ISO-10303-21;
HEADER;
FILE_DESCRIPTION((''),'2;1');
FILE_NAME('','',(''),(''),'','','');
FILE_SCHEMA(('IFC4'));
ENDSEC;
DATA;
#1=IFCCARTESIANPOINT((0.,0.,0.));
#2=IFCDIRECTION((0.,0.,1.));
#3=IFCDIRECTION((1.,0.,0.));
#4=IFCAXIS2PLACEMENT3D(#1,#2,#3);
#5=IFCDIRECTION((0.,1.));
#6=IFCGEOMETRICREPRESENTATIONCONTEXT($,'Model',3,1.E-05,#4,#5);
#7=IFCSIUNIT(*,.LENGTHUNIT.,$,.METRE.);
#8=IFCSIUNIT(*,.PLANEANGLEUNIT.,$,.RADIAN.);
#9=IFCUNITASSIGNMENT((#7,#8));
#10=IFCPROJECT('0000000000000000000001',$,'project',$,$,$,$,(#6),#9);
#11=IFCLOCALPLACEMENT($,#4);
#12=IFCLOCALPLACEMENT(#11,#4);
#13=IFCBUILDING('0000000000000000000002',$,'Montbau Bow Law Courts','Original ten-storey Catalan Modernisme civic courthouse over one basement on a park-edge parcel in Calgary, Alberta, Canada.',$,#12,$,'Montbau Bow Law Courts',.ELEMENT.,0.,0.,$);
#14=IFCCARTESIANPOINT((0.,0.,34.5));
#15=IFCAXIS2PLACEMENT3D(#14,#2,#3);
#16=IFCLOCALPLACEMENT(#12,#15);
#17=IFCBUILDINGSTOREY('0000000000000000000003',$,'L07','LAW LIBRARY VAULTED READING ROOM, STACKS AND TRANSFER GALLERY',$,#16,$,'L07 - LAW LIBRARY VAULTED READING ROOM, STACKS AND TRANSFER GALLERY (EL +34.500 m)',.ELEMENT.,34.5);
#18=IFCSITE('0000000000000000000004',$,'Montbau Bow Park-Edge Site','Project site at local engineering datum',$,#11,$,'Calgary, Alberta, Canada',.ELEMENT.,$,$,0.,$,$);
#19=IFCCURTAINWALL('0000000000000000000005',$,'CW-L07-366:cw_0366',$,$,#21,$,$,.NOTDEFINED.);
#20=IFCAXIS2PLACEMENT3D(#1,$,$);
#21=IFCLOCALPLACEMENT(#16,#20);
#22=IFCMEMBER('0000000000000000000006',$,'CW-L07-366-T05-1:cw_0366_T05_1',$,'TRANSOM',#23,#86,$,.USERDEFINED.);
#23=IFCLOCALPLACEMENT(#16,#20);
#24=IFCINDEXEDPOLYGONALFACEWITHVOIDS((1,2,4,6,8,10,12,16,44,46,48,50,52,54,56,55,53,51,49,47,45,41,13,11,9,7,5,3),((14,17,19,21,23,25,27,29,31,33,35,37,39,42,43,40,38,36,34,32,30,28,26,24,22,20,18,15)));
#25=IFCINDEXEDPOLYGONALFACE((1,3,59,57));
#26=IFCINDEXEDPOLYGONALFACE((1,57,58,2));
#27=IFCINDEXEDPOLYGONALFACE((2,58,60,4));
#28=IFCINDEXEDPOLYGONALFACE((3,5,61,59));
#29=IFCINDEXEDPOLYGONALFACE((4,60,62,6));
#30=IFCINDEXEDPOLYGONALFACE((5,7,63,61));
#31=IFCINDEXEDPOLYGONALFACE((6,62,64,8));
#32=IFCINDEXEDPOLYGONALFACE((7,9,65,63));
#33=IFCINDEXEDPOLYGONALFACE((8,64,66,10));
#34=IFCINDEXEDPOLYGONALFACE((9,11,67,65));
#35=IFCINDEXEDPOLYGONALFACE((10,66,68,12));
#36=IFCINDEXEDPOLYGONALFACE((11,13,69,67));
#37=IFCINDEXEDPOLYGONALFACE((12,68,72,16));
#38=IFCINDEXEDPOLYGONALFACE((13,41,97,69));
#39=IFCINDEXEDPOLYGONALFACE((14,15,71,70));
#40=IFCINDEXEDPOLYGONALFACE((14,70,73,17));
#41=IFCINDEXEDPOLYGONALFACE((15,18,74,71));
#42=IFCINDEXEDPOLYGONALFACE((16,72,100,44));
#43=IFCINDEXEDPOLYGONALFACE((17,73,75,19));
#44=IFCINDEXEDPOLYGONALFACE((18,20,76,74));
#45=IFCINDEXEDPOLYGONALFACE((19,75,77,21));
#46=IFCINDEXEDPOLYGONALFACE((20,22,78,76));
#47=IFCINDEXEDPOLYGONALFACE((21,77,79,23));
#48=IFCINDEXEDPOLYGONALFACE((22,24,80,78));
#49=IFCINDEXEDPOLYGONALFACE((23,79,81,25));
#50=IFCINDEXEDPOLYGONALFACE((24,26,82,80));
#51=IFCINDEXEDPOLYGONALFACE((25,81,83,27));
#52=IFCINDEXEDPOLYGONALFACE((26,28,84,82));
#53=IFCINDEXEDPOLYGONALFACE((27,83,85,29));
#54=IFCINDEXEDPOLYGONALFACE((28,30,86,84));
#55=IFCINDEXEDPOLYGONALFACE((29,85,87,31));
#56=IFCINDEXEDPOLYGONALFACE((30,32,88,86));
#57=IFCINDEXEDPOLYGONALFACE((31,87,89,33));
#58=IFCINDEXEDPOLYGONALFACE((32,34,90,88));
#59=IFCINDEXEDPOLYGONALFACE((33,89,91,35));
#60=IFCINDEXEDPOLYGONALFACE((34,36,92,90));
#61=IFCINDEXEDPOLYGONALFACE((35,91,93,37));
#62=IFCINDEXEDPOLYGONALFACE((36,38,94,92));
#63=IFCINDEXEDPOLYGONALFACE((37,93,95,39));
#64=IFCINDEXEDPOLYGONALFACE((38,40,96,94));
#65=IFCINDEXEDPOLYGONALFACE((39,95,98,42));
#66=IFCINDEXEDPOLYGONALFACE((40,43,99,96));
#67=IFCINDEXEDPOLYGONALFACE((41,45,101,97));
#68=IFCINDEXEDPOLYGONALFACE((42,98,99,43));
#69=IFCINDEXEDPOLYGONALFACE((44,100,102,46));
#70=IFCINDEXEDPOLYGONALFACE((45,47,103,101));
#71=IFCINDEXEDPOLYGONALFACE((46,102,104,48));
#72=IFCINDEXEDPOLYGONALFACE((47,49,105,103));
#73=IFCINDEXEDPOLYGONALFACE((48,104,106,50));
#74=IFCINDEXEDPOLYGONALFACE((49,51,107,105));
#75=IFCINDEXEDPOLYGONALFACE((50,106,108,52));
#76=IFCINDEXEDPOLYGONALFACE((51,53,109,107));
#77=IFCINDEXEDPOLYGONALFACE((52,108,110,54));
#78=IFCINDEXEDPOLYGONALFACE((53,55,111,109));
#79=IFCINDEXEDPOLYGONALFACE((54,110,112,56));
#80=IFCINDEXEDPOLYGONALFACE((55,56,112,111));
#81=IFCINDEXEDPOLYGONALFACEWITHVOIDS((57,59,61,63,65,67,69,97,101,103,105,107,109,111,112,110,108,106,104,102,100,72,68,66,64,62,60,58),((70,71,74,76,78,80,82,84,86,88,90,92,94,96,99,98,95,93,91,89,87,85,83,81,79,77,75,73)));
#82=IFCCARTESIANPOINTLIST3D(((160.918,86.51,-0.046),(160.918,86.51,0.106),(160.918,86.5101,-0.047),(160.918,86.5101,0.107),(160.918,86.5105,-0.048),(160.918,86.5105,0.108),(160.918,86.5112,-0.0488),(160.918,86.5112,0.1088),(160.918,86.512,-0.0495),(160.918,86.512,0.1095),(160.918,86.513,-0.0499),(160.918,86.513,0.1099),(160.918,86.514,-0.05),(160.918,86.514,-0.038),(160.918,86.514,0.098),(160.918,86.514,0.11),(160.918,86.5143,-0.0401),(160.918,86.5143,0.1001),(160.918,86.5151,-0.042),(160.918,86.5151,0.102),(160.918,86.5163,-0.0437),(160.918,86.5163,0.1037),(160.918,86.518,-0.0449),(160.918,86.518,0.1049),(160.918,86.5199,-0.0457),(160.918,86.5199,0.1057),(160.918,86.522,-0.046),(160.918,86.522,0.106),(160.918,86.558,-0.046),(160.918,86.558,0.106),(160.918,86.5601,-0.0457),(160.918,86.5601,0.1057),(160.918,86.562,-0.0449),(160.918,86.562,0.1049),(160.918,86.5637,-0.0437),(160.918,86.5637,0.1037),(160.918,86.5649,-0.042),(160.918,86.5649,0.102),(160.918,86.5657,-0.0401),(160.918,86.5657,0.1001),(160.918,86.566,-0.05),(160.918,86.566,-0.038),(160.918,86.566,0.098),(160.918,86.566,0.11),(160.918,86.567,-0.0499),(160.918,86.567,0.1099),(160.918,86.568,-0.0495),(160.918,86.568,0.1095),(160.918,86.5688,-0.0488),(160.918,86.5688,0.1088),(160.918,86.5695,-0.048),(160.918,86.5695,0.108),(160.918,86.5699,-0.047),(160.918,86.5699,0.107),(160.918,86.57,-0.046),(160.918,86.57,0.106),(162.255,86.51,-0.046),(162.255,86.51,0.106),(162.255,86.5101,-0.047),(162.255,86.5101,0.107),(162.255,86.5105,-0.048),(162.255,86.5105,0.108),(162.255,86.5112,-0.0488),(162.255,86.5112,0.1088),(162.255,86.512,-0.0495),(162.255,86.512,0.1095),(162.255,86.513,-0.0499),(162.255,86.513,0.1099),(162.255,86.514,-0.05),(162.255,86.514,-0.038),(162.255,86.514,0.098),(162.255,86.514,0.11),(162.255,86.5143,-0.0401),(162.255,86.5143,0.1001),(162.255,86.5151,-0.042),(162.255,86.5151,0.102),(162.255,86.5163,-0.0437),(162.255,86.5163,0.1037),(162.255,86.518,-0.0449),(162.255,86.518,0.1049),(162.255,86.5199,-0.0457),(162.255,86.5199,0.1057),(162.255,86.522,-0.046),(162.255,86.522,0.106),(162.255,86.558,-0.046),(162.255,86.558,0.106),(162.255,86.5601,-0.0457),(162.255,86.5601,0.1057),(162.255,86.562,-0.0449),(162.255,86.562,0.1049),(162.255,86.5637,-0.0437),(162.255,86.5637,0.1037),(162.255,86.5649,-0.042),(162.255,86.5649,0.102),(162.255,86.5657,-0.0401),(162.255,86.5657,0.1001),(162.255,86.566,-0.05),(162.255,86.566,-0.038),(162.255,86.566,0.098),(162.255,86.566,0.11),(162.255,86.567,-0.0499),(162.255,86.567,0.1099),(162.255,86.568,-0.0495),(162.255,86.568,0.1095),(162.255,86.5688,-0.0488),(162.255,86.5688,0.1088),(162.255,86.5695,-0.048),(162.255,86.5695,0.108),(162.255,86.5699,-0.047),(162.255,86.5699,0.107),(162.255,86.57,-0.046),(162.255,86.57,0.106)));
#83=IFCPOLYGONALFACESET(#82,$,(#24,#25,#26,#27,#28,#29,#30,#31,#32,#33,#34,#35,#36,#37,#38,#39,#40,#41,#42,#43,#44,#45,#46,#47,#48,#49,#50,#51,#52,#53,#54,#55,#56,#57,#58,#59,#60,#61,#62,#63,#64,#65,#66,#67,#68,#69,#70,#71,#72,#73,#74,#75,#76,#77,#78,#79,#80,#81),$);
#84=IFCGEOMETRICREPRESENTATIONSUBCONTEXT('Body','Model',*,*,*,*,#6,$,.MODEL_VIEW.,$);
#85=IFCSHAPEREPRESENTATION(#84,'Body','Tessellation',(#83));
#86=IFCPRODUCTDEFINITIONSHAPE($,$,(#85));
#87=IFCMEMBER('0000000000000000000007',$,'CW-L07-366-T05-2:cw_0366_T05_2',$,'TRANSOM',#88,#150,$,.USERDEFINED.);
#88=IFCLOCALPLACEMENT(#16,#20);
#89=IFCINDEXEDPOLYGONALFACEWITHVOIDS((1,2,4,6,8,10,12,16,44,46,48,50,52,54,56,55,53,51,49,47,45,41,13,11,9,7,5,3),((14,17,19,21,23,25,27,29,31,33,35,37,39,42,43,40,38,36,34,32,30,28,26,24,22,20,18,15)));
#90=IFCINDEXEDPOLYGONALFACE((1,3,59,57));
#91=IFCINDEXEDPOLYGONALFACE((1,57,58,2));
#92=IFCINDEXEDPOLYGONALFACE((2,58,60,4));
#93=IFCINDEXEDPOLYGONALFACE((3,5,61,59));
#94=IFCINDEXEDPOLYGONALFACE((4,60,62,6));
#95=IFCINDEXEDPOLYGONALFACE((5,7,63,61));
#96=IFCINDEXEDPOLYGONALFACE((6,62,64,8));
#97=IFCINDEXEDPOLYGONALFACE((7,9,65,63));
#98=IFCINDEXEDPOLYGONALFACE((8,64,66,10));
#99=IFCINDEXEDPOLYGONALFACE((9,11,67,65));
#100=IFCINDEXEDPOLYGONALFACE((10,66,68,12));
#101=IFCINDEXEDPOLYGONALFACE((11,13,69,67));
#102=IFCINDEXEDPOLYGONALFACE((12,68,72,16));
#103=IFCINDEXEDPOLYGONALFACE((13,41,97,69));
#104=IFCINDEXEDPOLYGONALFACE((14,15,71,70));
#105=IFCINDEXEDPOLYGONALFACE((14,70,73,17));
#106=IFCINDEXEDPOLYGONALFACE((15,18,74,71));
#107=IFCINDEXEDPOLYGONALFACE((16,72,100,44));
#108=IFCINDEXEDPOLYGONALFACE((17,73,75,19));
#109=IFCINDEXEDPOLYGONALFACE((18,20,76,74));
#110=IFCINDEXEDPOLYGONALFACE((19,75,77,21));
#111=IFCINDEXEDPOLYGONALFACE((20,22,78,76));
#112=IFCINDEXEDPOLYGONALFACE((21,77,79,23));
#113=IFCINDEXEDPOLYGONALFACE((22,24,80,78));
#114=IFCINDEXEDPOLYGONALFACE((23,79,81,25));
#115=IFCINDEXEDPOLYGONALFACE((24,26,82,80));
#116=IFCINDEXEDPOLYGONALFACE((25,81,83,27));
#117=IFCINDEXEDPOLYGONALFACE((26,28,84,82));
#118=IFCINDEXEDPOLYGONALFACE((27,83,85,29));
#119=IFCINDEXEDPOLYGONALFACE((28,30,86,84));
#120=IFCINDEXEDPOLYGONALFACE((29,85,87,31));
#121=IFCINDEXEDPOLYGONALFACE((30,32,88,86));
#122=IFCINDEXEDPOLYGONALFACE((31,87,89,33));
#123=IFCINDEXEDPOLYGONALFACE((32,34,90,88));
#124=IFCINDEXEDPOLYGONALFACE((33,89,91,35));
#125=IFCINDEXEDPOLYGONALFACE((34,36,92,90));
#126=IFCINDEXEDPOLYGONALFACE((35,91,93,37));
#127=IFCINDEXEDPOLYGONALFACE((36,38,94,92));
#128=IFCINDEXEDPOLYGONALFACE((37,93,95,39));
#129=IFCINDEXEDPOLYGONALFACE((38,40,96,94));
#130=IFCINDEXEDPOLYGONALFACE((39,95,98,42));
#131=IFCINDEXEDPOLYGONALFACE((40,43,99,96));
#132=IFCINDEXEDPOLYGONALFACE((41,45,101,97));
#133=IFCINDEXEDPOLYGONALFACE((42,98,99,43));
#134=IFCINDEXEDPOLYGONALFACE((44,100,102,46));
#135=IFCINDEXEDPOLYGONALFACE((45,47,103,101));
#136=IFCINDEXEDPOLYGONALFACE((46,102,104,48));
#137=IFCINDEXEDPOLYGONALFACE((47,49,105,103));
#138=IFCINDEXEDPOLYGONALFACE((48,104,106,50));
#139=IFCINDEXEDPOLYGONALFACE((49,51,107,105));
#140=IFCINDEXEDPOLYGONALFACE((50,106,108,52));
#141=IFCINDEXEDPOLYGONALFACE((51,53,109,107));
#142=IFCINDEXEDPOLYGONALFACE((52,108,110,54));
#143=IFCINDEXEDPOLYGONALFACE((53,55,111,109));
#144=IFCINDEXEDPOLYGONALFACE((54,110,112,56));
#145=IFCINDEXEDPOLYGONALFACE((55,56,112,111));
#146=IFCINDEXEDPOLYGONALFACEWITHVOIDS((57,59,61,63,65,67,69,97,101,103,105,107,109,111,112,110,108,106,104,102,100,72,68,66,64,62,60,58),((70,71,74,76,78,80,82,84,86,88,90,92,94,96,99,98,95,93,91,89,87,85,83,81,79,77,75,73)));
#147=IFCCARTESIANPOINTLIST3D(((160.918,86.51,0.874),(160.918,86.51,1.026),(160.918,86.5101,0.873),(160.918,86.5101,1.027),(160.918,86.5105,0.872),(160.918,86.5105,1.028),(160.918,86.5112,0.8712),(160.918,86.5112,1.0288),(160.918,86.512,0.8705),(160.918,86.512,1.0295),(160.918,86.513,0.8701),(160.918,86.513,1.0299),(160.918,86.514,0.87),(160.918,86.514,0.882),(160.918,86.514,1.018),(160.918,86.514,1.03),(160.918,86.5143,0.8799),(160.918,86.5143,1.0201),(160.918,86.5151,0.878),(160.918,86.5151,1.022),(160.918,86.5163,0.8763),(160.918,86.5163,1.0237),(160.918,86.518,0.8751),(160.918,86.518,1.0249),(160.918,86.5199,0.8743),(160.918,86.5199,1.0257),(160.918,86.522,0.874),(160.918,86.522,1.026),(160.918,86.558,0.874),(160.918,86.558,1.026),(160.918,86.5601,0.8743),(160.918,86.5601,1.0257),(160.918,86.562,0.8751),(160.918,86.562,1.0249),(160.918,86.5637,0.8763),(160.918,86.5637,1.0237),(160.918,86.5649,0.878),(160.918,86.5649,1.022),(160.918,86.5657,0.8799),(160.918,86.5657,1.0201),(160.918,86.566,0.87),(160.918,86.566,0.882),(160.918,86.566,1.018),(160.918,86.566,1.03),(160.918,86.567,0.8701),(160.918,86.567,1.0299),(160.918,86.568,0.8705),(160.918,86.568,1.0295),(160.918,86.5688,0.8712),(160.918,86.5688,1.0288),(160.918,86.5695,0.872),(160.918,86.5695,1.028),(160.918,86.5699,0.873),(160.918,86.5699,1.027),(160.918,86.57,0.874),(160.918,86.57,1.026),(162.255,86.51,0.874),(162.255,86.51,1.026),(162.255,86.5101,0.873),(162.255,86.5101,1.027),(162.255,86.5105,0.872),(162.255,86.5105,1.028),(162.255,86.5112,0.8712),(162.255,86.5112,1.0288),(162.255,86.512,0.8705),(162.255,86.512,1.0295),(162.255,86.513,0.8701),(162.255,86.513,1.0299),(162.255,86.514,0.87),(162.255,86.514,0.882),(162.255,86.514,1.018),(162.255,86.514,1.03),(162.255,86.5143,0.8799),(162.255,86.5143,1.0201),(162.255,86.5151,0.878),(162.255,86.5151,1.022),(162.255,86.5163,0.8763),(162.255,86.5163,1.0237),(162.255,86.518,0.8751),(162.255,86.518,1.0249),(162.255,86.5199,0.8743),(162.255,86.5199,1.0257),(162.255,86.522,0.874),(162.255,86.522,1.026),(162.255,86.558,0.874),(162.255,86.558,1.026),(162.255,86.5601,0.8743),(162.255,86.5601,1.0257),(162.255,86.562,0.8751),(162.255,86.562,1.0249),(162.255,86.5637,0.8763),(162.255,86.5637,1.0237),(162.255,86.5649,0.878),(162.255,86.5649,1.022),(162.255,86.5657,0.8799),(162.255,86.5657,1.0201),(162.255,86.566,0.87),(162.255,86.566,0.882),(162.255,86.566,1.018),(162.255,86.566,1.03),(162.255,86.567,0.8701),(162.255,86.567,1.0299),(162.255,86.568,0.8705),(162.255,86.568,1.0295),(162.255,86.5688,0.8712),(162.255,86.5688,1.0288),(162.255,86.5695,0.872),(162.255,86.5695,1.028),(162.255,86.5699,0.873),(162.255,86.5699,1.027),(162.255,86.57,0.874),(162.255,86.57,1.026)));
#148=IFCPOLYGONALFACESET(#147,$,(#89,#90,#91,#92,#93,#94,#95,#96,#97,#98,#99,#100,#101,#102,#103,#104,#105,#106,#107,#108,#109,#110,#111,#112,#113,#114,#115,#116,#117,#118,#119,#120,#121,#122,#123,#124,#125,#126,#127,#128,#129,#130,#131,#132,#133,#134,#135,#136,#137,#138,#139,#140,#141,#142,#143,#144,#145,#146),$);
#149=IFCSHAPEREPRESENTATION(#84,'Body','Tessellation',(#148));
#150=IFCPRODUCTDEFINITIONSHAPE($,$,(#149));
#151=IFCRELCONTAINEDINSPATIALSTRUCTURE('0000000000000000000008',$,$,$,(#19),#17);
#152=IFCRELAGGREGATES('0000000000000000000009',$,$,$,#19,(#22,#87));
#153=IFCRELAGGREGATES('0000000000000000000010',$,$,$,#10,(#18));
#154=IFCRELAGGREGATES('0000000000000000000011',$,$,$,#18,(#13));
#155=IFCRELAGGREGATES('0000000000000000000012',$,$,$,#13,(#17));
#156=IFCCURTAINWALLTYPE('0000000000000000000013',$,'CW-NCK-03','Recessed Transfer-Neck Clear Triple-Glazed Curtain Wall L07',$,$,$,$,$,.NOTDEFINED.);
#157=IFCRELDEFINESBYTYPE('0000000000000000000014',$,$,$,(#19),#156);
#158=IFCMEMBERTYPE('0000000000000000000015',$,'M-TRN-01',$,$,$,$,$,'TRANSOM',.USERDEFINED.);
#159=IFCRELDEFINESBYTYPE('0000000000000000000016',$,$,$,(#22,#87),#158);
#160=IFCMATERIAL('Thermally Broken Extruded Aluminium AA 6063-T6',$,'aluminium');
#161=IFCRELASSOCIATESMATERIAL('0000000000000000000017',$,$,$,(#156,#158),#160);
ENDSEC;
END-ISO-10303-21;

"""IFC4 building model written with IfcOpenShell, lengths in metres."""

from ifc_helpers import new_model, si_unit, direction, frame, origin_with_axes, origin_2d_with_axis, place, context, subcontext, project, spatial, hollow_rectangle, extrude, material, material_profile, profile_set, type_object, element, aggregate, save


model = new_model("IFC4")

# Units and contexts
model_context = context("Model", 3, precision=1e-05, world=origin_with_axes(), true_north=direction((0.0, 1.0)))
body_context = subcontext(model_context, "Body", "Model", "MODEL_VIEW")
ifc_project = project(units=[si_unit("LENGTHUNIT", "METRE"), si_unit("PLANEANGLEUNIT", "RADIAN")], contexts=[model_context])

# Site, building, storey
site_placement = place(None, origin_with_axes())
site = spatial("IfcSite", under=ifc_project, at=site_placement, Name="Montbau Bow Park-Edge Site", Description="Project site at local engineering datum", LongName="Calgary, Alberta, Canada", CompositionType="ELEMENT", RefElevation=0.0)
building_placement = place(site_placement, origin_with_axes())
building = spatial("IfcBuilding", under=site, at=building_placement, Name="Montbau Bow Law Courts", Description="Original ten-storey Catalan Modernisme civic courthouse over one basement on a park-edge parcel in Calgary, Alberta, Canada.", LongName="Montbau Bow Law Courts", CompositionType="ELEMENT", ElevationOfRefHeight=0.0, ElevationOfTerrain=0.0)
storey_placement = place(building_placement, frame((0.0, 0.0, 34.5), z_axis=(0.0, 0.0, 1.0), x_axis=(1.0, 0.0, 0.0)))
storey = spatial("IfcBuildingStorey", under=building, at=storey_placement, Name="L07", Description="LAW LIBRARY VAULTED READING ROOM, STACKS AND TRANSFER GALLERY", LongName="L07 - LAW LIBRARY VAULTED READING ROOM, STACKS AND TRANSFER GALLERY (EL +34.500 m)", CompositionType="ELEMENT", Elevation=34.5)

# Curtain wall
ifc_material_1 = material(Name="Thermally Broken Extruded Aluminium AA 6063-T6", Category="aluminium")
curtain_wall_type = type_object("IfcCurtainWallType", Name="CW-NCK-03", Description="Recessed Transfer-Neck Clear Triple-Glazed Curtain Wall L07", PredefinedType="NOTDEFINED", material=ifc_material_1)
curtain_wall_1_placement = place(None, frame((155.068, 86.54, 34.5), z_axis=(0.0, 0.0, 1.0), x_axis=(1.0, 0.0, 0.0)))
curtain_wall_1 = element("IfcCurtainWall", 1, at=curtain_wall_1_placement, inside=storey, type_object=curtain_wall_type, Name="CW-L07-366:cw_0366", PredefinedType="NOTDEFINED")

# Members
ifc_material_profile_1 = material_profile(ifc_material_1, hollow_rectangle(XDim=0.06, YDim=0.16, WallThickness=0.004, InnerFilletRadius=0.008, OuterFilletRadius=0.004, at=origin_2d_with_axis()), Name="CWT-160X60", Category="Main", Priority=0)
ifc_profile_set_1 = profile_set([ifc_material_profile_1], Name="Thermally Broken Extruded Aluminium AA 6063-T6")
member_type_1 = type_object("IfcMemberType", Name="M-TRN-01", ElementType="TRANSOM", PredefinedType="USERDEFINED", material=ifc_profile_set_1)
member_1_placement = place(None, frame((160.918, 86.54, 34.53), z_axis=(1.0, 0.0, 0.0), x_axis=(0.0, 1.0, 0.0)))
member_1 = element("IfcMember", 2, at=member_1_placement, type_object=member_type_1, Name="CW-L07-366-T05-1:cw_0366_T05_1", ObjectType="TRANSOM", PredefinedType="USERDEFINED", context=body_context, shape_type="SweptSolid", body=[
    extrude(hollow_rectangle(XDim=0.06, YDim=0.16, WallThickness=0.004, InnerFilletRadius=0.008, OuterFilletRadius=0.004, at=origin_2d_with_axis()), origin_with_axes(), (0.0, 0.0, 1.0), 1.337),
])
member_2_placement = place(None, frame((160.918, 86.54, 35.45), z_axis=(1.0, 0.0, 0.0), x_axis=(0.0, 1.0, 0.0)))
member_2 = element("IfcMember", 3, at=member_2_placement, type_object=member_type_1, Name="CW-L07-366-T05-2:cw_0366_T05_2", ObjectType="TRANSOM", PredefinedType="USERDEFINED", context=body_context, shape_type="SweptSolid", body=[
    extrude(hollow_rectangle(XDim=0.06, YDim=0.16, WallThickness=0.004, InnerFilletRadius=0.008, OuterFilletRadius=0.004, at=origin_2d_with_axis()), origin_with_axes(), (0.0, 0.0, 1.0), 1.337),
])

aggregate(curtain_wall_1, [member_1, member_2])

save(model, "model.ifc")
